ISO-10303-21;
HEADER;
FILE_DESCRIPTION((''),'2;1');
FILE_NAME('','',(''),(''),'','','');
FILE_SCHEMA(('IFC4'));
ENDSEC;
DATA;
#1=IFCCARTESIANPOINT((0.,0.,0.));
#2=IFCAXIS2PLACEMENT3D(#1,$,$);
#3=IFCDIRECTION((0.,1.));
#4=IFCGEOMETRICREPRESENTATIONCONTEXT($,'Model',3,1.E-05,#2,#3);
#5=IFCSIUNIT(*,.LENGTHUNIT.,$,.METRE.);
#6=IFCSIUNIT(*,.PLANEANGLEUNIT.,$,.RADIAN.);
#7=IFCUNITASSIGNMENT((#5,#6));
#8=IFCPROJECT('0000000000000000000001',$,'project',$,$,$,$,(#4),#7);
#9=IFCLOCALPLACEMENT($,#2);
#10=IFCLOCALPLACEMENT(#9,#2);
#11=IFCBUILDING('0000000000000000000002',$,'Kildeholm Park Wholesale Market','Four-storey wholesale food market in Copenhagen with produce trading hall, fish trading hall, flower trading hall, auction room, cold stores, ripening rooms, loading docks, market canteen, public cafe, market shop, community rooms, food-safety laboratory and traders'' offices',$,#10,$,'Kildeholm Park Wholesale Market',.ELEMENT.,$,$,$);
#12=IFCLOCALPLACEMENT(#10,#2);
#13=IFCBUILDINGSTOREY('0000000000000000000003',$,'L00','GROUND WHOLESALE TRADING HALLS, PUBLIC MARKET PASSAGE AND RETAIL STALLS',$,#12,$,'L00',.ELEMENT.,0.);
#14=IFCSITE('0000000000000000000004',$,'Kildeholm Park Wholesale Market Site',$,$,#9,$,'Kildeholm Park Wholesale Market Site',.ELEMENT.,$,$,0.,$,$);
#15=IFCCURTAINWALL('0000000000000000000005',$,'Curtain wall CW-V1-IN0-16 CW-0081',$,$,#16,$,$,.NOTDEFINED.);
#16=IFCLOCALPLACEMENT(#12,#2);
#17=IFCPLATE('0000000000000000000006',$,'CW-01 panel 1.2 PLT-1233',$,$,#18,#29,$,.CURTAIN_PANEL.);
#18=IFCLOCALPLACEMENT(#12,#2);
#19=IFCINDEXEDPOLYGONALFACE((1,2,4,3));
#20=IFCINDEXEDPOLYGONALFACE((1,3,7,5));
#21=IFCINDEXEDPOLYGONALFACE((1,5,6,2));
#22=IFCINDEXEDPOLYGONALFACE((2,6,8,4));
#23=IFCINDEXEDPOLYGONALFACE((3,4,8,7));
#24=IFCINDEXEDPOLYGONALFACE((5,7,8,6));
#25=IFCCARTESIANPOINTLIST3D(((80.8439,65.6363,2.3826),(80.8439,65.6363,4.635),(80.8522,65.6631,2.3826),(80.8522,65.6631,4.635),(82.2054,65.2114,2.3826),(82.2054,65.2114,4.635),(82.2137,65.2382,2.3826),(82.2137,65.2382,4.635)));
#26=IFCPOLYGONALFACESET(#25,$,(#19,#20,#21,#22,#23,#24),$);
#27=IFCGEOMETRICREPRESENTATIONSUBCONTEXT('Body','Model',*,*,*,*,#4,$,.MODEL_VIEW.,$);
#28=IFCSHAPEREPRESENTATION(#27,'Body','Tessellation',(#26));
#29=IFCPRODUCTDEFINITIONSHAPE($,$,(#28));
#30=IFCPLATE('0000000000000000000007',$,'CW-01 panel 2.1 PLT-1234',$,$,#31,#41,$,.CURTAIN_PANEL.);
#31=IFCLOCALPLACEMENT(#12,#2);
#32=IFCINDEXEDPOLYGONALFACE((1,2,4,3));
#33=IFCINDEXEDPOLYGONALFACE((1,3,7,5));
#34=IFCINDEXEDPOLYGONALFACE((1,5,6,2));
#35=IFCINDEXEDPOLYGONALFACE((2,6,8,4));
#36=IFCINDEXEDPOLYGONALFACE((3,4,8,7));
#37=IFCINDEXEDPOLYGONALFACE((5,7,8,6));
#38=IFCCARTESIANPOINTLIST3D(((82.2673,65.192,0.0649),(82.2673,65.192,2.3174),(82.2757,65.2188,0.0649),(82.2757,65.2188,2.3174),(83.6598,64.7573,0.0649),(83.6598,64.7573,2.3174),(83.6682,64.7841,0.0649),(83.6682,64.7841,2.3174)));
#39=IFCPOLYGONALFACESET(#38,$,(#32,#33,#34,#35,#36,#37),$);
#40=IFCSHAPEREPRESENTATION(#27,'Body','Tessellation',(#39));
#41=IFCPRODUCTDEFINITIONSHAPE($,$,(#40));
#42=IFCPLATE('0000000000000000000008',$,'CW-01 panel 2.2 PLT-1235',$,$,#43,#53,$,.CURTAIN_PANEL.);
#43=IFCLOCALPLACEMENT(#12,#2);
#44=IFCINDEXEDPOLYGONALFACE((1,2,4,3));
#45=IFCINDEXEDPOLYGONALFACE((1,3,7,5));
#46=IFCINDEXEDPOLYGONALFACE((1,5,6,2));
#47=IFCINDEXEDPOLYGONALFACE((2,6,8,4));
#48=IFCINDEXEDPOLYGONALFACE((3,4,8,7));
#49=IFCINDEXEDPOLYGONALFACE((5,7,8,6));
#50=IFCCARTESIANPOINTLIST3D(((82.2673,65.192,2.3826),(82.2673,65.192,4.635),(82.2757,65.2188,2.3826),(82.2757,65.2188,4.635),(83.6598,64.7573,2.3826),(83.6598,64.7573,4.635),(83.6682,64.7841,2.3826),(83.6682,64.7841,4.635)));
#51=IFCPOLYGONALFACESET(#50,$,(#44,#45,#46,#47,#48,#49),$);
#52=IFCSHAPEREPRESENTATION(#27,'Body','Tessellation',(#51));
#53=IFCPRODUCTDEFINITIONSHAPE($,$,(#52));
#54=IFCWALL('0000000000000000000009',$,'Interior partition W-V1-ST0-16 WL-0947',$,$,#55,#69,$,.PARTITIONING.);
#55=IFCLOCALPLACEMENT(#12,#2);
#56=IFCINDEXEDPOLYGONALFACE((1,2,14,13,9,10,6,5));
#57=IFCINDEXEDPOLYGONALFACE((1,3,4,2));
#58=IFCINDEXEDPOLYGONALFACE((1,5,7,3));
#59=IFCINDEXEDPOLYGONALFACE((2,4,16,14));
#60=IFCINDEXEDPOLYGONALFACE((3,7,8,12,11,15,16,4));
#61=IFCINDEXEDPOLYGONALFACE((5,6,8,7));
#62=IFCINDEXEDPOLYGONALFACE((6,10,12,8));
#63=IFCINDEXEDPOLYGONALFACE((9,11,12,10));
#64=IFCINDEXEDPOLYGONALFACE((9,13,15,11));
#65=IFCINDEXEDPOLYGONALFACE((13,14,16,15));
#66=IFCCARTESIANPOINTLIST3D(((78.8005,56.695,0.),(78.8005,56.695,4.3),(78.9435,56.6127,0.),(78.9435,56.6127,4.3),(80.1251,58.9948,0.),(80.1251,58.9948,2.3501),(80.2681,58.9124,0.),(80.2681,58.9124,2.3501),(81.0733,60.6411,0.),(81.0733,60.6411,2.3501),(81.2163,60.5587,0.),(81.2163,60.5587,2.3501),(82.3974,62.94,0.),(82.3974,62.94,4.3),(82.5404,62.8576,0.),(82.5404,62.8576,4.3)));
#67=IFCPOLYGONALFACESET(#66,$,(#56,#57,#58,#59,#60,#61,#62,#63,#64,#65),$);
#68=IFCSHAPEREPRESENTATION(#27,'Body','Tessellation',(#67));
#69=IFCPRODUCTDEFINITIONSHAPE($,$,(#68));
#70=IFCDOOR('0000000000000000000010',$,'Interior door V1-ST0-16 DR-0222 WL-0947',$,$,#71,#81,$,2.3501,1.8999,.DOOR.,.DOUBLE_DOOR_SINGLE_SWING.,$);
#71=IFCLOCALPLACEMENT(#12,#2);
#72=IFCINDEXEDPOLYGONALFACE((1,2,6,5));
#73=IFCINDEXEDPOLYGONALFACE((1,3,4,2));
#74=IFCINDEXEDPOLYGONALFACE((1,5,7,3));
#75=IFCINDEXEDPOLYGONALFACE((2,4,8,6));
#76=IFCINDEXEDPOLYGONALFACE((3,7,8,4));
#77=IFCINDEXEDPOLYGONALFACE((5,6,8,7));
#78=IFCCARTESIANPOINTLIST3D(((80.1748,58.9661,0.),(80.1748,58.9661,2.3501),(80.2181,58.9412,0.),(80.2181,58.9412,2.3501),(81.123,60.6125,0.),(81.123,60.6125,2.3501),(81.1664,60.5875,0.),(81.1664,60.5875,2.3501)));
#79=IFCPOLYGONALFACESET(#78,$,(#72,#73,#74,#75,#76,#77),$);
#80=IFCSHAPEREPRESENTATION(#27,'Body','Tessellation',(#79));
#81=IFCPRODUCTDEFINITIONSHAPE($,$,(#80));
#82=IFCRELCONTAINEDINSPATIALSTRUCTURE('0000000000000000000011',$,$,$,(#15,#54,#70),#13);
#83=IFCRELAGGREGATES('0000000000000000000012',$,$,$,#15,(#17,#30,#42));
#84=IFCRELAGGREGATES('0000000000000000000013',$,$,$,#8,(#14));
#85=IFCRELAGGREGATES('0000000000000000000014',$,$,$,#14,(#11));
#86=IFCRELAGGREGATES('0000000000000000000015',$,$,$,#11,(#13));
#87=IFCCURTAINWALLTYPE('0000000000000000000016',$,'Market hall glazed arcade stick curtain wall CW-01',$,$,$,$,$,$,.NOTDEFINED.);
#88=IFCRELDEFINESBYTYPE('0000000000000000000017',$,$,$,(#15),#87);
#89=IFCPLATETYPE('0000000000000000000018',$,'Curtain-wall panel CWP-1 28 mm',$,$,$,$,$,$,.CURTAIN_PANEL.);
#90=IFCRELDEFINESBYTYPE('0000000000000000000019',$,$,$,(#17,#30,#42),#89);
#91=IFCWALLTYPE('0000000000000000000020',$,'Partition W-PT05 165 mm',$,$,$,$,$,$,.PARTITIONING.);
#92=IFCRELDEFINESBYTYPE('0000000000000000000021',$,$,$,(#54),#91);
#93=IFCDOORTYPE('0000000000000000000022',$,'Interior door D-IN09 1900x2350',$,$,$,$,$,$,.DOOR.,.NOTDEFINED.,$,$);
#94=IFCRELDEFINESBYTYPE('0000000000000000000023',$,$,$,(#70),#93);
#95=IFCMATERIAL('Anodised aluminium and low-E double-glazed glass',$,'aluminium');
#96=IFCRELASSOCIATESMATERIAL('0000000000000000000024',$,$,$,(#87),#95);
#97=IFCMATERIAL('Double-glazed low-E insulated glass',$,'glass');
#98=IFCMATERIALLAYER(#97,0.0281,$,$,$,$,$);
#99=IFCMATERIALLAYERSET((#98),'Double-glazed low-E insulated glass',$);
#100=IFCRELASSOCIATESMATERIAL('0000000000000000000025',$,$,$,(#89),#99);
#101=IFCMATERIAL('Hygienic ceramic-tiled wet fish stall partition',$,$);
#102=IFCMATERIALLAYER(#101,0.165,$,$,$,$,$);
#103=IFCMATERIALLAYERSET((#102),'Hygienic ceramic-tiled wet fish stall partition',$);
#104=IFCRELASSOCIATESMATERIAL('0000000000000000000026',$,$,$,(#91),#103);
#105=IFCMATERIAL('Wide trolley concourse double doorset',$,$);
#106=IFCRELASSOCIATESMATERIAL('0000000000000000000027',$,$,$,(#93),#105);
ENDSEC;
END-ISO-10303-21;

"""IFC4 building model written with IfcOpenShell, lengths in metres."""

from ifc_helpers import new_model, si_unit, direction, frame, frame_2d, origin, origin_2d, place, context, subcontext, project, spatial, rectangle, extrude, material, layer, layer_set, type_object, element, fill, aggregate, save


model = new_model("IFC4")

# Units and contexts
model_context = context("Model", 3, precision=1e-05, world=origin(), true_north=direction((0.0, 1.0)))
body_context = subcontext(model_context, "Body", "Model", "MODEL_VIEW")
ifc_project = project(units=[si_unit("LENGTHUNIT", "METRE"), si_unit("PLANEANGLEUNIT", "RADIAN")], contexts=[model_context])

# Site, building, storey
site_placement = place(None, origin())
site = spatial("IfcSite", under=ifc_project, at=site_placement, Name="Kildeholm Park Wholesale Market Site", LongName="Kildeholm Park Wholesale Market Site", CompositionType="ELEMENT", RefElevation=0.0)
building_placement = place(site_placement, origin())
building = spatial("IfcBuilding", under=site, at=building_placement, Name="Kildeholm Park Wholesale Market", Description="Four-storey wholesale food market in Copenhagen with produce trading hall, fish trading hall, flower trading hall, auction room, cold stores, ripening rooms, loading docks, market canteen, public cafe, market shop, community rooms, food-safety laboratory and traders' offices", LongName="Kildeholm Park Wholesale Market", CompositionType="ELEMENT")
storey_placement = place(building_placement, origin())
storey = spatial("IfcBuildingStorey", under=building, at=storey_placement, Name="L00", Description="GROUND WHOLESALE TRADING HALLS, PUBLIC MARKET PASSAGE AND RETAIL STALLS", LongName="L00", CompositionType="ELEMENT", Elevation=0.0)

# Shared definitions
ifc_material_1 = material(Name="Anodised aluminium and low-E double-glazed glass", Category="aluminium")
curtain_wall_type = type_object("IfcCurtainWallType", Name="Market hall glazed arcade stick curtain wall CW-01", PredefinedType="NOTDEFINED", material=ifc_material_1)

# Curtain wall
curtain_wall_1_placement = place(storey_placement, origin())
curtain_wall_1 = element("IfcCurtainWall", 1, at=curtain_wall_1_placement, inside=storey, type_object=curtain_wall_type, Name="Curtain wall CW-V1-IN0-16 CW-0081", PredefinedType="NOTDEFINED")

# Plates
ifc_material_2 = material(Name="Double-glazed low-E insulated glass", Category="glass")
ifc_layer_1 = layer(ifc_material_2, 0.0281)
ifc_layer_set_1 = layer_set([ifc_layer_1], Name="Double-glazed low-E insulated glass")
plate_type = type_object("IfcPlateType", Name="Curtain-wall panel CWP-1 28 mm", PredefinedType="CURTAIN_PANEL", material=ifc_layer_set_1)
plate_1_placement = place(storey_placement, frame((81.5288, 65.4373, 2.3826), z_axis=(0.0, 0.0, 1.0), x_axis=(0.954579, -0.297957, 0.0)))
plate_1 = element("IfcPlate", 2, at=plate_1_placement, type_object=plate_type, Name="CW-01 panel 1.2 PLT-1233", PredefinedType="CURTAIN_PANEL", context=body_context, shape_type="SweptSolid", body=[
    extrude(rectangle(XDim=1.4263, YDim=0.0281, at=origin_2d()), origin(), (0.0, 0.0, 1.0), 2.2524),
])
plate_2_placement = place(storey_placement, frame((82.9678, 64.988, 0.0649), z_axis=(0.0, 0.0, 1.0), x_axis=(0.954579, -0.297957, 0.0)))
plate_2 = element("IfcPlate", 3, at=plate_2_placement, type_object=plate_type, Name="CW-01 panel 2.1 PLT-1234", PredefinedType="CURTAIN_PANEL", context=body_context, shape_type="SweptSolid", body=[
    extrude(rectangle(XDim=1.4587, YDim=0.0281, at=origin_2d()), origin(), (0.0, 0.0, 1.0), 2.2524),
])
plate_3_placement = place(storey_placement, frame((82.9678, 64.988, 2.3826), z_axis=(0.0, 0.0, 1.0), x_axis=(0.954579, -0.297957, 0.0)))
plate_3 = element("IfcPlate", 4, at=plate_3_placement, type_object=plate_type, Name="CW-01 panel 2.2 PLT-1235", PredefinedType="CURTAIN_PANEL", context=body_context, shape_type="SweptSolid", body=[
    extrude(rectangle(XDim=1.4587, YDim=0.0281, at=origin_2d()), origin(), (0.0, 0.0, 1.0), 2.2524),
])
aggregate(curtain_wall_1, [plate_1, plate_2, plate_3])

# Wall, opening, door
ifc_material_3 = material(Name="Hygienic ceramic-tiled wet fish stall partition")
ifc_layer_2 = layer(ifc_material_3, 0.165)
ifc_layer_set_2 = layer_set([ifc_layer_2], Name="Hygienic ceramic-tiled wet fish stall partition")
wall_type = type_object("IfcWallType", Name="Partition W-PT05 165 mm", PredefinedType="PARTITIONING", material=ifc_layer_set_2)
wall_placement = place(storey_placement, frame((82.469, 62.8989, 0.0), z_axis=(0.0, 0.0, 1.0), x_axis=(-0.499109, -0.866539, 0.0)))
wall = element("IfcWall", 5, at=wall_placement, inside=storey, type_object=wall_type, Name="Interior partition W-V1-ST0-16 WL-0947", PredefinedType="PARTITIONING", context=body_context, shape_type="SweptSolid", body=[
    extrude(rectangle(XDim=7.2068, YDim=0.165, at=frame_2d((3.6035, 0.0))), origin(), (0.0, 0.0, 1.0), 4.3),
])
opening_placement = place(wall_placement, frame((2.6531, 0.0, 0.0)))
opening = element("IfcOpeningElement", 6, at=opening_placement, cuts=wall, PredefinedType="OPENING", context=body_context, shape_type="SweptSolid", body=[
    extrude(rectangle(XDim=1.8999, YDim=2.3501, at=frame_2d((0.95, 1.175))), frame((0.0, 0.0925, 0.0), z_axis=(0.0, -1.0, 0.0), x_axis=(1.0, 0.0, 0.0)), (0.0, 0.0, 1.0), 0.1851),
])
ifc_material_4 = material(Name="Wide trolley concourse double doorset")
door_type = type_object("IfcDoorType", Name="Interior door D-IN09 1900x2350", OperationType="NOTDEFINED", PredefinedType="DOOR", material=ifc_material_4)
door_placement = place(opening_placement, origin())
door = element("IfcDoor", 7, at=door_placement, inside=storey, type_object=door_type, Name="Interior door V1-ST0-16 DR-0222 WL-0947", OperationType="DOUBLE_DOOR_SINGLE_SWING", OverallHeight=2.3501, OverallWidth=1.8999, PredefinedType="DOOR", context=body_context, shape_type="SweptSolid", body=[
    extrude(rectangle(XDim=1.8999, YDim=2.3501, at=frame_2d((0.95, 1.175))), frame((0.0, 0.0249, 0.0), z_axis=(0.0, -1.0, 0.0), x_axis=(1.0, 0.0, 0.0)), (0.0, 0.0, 1.0), 0.05),
])
fill(opening, door)

save(model, "model.ifc")
